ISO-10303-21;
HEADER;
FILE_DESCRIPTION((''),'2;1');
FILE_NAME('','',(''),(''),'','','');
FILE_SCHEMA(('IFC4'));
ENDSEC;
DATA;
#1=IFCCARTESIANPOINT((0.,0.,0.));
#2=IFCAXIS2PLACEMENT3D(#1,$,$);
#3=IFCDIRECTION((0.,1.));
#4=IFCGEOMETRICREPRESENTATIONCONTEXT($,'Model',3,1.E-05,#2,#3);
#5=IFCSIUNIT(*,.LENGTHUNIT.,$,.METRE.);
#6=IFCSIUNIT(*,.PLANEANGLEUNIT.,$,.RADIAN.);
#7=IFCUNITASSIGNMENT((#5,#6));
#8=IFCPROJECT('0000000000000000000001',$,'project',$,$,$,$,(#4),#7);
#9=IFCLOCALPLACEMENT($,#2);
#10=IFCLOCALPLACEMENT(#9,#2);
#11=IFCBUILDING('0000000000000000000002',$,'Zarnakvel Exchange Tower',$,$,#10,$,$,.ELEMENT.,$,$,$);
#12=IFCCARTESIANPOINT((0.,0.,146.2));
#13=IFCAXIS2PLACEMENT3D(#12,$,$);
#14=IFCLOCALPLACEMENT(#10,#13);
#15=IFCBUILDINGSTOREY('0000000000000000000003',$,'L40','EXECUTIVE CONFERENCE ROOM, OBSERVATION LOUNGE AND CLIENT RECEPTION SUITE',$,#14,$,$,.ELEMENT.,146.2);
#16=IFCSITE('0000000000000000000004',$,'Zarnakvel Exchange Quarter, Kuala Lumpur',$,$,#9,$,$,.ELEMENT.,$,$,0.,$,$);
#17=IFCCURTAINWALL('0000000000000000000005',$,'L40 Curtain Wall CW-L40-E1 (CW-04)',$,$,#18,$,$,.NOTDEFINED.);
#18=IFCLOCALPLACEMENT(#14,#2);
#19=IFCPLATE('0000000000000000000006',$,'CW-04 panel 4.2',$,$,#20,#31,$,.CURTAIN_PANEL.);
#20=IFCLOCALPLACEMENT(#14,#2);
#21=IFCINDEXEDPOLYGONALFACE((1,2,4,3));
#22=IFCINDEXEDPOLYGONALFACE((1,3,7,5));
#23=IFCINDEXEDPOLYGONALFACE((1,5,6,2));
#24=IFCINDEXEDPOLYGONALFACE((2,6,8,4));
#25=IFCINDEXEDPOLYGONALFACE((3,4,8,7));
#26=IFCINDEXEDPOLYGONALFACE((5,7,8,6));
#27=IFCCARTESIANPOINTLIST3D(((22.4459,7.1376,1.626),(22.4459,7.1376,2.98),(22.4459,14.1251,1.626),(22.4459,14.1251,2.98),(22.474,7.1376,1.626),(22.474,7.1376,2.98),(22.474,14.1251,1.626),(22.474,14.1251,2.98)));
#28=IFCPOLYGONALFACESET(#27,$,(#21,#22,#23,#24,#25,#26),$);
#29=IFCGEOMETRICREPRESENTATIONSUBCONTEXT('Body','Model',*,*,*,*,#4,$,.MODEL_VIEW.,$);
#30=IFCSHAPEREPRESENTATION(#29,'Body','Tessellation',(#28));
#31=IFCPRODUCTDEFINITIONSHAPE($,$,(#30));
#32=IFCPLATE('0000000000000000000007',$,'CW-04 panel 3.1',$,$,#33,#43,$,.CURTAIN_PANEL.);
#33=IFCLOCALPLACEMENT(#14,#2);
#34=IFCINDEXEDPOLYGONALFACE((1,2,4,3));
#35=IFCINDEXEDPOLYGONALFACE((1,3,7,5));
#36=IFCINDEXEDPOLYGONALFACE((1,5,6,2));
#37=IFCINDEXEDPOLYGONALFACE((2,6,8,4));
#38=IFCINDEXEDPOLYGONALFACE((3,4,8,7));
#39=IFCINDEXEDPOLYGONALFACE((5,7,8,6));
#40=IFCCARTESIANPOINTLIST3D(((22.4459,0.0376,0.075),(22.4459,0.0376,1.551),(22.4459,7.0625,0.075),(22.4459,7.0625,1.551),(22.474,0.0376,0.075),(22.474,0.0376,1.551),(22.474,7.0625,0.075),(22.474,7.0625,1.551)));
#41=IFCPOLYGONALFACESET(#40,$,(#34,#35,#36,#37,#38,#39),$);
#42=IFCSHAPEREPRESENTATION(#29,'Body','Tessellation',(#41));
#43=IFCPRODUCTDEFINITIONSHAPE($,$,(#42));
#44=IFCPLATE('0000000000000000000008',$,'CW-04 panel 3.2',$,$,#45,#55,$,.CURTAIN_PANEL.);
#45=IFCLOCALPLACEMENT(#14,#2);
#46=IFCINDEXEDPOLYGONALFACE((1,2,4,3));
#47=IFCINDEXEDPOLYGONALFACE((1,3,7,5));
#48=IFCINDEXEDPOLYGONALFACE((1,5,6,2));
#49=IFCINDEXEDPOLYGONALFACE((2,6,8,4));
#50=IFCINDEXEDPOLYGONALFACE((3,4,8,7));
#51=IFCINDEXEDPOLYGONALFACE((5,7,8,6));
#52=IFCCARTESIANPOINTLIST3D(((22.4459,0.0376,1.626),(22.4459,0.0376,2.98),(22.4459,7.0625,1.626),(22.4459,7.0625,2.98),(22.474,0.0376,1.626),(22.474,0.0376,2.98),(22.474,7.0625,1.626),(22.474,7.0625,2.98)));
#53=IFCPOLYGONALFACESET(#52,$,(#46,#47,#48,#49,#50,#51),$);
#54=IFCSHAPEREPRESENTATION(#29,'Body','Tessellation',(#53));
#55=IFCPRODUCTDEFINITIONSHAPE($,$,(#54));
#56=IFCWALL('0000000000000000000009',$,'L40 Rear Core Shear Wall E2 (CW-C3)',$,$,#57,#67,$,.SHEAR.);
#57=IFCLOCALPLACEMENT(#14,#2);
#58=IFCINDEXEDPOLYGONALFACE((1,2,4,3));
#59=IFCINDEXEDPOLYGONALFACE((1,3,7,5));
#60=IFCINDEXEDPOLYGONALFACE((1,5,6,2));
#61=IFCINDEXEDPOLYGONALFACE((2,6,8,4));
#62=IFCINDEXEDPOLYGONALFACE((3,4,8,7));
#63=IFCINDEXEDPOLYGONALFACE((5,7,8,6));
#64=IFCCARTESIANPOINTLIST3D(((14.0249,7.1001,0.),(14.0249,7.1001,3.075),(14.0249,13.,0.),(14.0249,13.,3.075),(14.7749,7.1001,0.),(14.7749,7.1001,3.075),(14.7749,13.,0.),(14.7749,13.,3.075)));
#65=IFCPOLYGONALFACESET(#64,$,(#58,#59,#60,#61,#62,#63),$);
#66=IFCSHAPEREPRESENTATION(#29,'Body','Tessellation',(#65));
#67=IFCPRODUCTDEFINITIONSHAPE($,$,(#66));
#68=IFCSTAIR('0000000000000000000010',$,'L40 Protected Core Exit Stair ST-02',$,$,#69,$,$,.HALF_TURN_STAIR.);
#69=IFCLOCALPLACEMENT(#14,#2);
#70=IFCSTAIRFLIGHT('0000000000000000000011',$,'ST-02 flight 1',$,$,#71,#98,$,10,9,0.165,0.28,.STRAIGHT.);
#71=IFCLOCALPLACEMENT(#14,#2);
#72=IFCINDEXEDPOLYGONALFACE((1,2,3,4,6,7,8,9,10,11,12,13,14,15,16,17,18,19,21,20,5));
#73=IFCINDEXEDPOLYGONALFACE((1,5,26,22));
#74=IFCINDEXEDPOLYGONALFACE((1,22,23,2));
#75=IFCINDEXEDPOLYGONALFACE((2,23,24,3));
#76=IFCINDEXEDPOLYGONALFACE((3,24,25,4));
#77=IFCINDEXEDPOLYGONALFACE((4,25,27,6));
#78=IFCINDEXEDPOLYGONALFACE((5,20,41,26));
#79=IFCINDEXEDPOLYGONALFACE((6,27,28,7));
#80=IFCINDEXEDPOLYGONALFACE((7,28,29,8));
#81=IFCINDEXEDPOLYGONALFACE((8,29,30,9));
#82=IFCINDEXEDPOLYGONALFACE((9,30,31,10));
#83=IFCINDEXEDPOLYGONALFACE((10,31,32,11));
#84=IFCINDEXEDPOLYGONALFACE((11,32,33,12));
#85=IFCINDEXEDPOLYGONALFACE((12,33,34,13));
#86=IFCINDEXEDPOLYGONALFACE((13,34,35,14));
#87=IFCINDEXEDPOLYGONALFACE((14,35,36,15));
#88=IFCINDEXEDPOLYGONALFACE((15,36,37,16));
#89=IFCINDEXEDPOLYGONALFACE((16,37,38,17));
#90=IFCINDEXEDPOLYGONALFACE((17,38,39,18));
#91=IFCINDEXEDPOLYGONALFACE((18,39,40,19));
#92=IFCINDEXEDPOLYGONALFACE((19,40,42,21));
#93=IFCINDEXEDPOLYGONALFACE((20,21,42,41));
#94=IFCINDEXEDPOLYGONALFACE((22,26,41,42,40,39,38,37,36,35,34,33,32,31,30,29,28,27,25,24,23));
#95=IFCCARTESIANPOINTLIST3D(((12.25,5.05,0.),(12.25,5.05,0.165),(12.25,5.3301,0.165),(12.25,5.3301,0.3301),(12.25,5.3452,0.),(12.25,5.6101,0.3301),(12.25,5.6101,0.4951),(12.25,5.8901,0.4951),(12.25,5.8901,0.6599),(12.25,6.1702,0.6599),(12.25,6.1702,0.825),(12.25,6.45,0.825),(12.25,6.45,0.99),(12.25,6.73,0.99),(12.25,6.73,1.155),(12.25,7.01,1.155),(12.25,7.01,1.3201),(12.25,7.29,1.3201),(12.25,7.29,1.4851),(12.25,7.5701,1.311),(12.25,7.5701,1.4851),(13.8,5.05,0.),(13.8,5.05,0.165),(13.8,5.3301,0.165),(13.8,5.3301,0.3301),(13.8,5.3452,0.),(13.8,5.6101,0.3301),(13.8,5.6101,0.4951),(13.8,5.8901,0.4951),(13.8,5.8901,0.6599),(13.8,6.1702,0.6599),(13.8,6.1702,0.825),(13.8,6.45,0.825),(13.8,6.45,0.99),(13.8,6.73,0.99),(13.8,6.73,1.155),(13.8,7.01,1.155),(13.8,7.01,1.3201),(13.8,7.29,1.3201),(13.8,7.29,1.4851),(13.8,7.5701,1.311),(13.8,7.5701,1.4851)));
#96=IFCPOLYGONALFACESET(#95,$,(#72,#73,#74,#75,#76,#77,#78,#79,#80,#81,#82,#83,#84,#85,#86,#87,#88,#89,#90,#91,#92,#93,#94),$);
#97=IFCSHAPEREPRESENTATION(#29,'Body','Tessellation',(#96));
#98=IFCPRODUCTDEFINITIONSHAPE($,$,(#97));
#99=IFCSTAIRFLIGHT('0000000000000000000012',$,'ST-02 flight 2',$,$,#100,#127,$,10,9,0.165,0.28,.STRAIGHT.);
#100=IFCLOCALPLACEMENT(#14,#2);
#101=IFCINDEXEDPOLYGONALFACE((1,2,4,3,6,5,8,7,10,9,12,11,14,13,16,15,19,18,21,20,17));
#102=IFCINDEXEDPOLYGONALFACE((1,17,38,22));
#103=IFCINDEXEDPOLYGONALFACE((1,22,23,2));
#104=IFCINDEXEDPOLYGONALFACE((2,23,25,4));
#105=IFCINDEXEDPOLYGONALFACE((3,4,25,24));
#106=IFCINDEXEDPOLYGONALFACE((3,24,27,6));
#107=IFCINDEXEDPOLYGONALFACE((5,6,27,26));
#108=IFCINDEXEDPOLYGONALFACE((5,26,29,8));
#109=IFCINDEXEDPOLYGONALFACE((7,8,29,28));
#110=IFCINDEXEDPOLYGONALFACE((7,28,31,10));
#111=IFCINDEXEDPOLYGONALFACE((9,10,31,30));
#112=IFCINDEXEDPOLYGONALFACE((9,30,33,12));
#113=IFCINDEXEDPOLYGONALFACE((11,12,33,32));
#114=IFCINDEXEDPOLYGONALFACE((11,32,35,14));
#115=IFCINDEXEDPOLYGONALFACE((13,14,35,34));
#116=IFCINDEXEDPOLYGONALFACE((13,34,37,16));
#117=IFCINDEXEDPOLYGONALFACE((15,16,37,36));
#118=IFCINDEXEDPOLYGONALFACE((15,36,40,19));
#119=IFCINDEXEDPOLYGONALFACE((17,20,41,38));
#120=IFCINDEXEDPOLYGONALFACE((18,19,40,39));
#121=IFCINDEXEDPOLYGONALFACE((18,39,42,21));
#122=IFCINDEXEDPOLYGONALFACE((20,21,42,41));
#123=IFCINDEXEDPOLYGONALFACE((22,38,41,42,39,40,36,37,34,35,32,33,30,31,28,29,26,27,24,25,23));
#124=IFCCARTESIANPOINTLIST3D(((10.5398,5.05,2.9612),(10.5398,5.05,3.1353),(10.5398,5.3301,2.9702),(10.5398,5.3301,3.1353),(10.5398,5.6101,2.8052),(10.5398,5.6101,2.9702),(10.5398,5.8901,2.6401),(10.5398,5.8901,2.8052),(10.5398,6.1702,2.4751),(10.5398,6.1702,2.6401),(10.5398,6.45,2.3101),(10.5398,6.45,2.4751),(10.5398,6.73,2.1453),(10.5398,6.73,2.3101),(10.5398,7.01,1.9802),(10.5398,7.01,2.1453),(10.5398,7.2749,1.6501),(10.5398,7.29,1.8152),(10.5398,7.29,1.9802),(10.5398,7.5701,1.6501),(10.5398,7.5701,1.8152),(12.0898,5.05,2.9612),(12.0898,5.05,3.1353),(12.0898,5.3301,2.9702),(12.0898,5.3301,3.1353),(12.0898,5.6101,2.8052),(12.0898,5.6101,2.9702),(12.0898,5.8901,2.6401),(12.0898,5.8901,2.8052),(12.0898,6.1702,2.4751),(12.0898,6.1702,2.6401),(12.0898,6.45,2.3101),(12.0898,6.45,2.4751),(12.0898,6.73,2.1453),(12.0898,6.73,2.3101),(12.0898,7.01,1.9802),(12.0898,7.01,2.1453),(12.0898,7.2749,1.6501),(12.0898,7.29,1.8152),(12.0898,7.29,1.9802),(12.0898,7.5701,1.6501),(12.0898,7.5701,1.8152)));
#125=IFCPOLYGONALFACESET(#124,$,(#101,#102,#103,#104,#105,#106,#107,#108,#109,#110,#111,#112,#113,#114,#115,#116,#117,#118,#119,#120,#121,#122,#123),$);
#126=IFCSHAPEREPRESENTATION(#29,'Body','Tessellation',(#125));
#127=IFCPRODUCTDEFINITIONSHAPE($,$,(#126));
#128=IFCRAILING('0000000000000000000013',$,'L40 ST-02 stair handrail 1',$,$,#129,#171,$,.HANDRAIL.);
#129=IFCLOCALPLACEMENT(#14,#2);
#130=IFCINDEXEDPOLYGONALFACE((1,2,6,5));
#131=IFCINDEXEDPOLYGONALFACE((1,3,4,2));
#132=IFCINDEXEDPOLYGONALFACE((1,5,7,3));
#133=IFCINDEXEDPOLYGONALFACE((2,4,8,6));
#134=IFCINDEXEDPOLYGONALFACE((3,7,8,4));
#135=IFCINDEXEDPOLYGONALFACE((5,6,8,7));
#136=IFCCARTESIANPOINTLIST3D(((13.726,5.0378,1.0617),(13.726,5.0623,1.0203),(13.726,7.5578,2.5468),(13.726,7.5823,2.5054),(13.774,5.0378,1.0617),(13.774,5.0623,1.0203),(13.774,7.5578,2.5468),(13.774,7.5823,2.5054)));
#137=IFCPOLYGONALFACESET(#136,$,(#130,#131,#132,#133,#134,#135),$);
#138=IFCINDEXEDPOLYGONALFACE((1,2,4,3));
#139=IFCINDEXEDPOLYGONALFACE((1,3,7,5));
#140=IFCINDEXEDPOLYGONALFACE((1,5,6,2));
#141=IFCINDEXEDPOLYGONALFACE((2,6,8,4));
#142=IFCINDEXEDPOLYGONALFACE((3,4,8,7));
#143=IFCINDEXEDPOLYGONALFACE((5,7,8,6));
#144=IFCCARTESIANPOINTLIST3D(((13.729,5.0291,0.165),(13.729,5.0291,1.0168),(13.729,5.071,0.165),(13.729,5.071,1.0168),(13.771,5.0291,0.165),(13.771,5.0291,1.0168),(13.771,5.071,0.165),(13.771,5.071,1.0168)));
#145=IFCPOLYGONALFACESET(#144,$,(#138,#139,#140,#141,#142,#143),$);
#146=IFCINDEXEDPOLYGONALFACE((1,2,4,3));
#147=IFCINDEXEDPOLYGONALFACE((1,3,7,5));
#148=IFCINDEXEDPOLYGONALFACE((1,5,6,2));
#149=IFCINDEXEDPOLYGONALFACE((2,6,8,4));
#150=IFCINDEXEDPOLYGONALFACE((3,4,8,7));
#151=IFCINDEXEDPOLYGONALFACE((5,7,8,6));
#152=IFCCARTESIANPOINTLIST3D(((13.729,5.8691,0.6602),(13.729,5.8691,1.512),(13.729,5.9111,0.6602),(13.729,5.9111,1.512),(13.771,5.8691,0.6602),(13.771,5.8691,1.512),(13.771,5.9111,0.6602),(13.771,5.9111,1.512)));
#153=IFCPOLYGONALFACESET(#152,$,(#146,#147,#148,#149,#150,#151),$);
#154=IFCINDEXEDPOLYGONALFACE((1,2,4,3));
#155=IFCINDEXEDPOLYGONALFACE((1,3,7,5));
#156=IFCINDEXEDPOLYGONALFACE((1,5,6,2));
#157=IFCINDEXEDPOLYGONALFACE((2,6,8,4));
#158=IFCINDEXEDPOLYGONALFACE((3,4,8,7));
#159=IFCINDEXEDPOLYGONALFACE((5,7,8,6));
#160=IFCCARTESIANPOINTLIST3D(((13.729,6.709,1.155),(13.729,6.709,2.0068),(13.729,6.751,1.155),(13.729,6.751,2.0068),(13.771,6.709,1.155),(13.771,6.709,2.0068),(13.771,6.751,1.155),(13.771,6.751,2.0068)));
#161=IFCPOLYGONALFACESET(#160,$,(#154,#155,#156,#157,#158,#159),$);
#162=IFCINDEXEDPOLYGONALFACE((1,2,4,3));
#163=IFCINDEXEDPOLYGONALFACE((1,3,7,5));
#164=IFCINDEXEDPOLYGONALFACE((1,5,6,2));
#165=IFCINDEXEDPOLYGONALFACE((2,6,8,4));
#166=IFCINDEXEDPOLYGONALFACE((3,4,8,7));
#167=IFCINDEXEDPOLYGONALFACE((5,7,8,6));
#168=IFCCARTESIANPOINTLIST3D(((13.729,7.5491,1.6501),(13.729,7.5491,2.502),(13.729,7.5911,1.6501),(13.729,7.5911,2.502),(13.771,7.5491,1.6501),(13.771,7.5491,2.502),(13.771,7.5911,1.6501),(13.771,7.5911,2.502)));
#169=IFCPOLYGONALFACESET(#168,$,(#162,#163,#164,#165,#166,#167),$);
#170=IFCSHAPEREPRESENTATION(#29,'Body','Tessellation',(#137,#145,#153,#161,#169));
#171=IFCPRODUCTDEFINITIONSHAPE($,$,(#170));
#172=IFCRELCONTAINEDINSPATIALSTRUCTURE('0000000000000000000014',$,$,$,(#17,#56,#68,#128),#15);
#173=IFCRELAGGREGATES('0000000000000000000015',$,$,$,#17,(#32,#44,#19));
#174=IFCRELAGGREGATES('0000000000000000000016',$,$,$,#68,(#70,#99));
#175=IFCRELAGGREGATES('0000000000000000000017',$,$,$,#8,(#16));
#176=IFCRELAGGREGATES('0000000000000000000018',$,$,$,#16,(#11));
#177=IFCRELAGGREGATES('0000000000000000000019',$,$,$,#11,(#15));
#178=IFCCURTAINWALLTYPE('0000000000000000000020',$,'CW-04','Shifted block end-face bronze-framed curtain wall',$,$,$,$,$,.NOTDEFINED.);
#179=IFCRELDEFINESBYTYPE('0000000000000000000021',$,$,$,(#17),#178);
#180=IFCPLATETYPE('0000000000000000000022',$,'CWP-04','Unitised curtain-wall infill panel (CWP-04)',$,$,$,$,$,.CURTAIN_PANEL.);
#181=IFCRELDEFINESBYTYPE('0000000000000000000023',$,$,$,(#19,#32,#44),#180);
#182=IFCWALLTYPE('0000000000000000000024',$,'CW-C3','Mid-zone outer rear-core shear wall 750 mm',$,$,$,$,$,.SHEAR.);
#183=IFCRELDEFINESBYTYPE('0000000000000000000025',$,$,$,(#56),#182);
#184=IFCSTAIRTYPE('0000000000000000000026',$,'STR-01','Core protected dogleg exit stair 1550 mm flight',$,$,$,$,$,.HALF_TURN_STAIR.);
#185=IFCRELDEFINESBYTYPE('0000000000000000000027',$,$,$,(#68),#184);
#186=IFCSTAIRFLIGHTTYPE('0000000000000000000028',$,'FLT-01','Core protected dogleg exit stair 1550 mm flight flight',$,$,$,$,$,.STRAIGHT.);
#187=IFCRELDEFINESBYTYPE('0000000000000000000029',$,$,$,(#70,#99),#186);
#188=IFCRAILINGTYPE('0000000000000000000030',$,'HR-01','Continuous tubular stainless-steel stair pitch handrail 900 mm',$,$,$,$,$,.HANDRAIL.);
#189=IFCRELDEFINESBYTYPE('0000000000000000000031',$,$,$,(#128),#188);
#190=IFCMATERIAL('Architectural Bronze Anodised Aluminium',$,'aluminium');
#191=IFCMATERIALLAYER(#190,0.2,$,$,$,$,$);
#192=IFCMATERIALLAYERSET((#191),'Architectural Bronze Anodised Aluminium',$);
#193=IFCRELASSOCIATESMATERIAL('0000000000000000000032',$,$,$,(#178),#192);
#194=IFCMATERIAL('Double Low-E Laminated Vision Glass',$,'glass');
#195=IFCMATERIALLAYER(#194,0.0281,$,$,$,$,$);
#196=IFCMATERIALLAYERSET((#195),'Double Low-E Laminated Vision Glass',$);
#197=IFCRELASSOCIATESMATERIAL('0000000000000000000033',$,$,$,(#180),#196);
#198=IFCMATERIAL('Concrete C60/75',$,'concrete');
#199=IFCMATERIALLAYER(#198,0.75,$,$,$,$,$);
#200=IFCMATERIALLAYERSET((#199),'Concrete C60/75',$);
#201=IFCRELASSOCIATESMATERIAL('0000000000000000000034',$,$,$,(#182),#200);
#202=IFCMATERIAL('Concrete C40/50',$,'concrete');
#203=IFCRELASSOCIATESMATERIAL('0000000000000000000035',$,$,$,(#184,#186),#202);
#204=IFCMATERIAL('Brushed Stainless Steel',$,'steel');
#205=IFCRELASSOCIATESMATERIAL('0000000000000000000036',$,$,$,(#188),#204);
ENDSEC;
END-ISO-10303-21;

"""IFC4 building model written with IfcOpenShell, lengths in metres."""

from ifc_helpers import new_model, si_unit, direction, frame, frame_2d, origin, origin_2d, place, context, subcontext, project, spatial, polyline, rectangle, outline, extrude, source, transform, mapped, material, layer, layer_set, type_object, element, aggregate, save


model = new_model("IFC4")

# Units and contexts
model_context = context("Model", 3, precision=1e-05, world=origin(), true_north=direction((0.0, 1.0)))
body_context = subcontext(model_context, "Body", "Model", "MODEL_VIEW")
ifc_project = project(units=[si_unit("LENGTHUNIT", "METRE"), si_unit("PLANEANGLEUNIT", "RADIAN")], contexts=[model_context])

# Site, building, storey
site_placement = place(None, origin())
site = spatial("IfcSite", under=ifc_project, at=site_placement, Name="Zarnakvel Exchange Quarter, Kuala Lumpur", CompositionType="ELEMENT", RefElevation=0.0)
building_placement = place(site_placement, origin())
building = spatial("IfcBuilding", under=site, at=building_placement, Name="Zarnakvel Exchange Tower", CompositionType="ELEMENT")
storey_placement = place(building_placement, frame((0.0, 0.0, 146.2)))
storey = spatial("IfcBuildingStorey", under=building, at=storey_placement, Name="L40", Description="EXECUTIVE CONFERENCE ROOM, OBSERVATION LOUNGE AND CLIENT RECEPTION SUITE", CompositionType="ELEMENT", Elevation=146.2)

# Shared definitions
ifc_material_1 = material(Name="Concrete C60/75", Category="concrete")

# Curtain wall, plates
ifc_material_2 = material(Name="Architectural Bronze Anodised Aluminium", Category="aluminium")
ifc_layer_1 = layer(ifc_material_2, 0.2)
ifc_layer_set_1 = layer_set([ifc_layer_1], Name="Architectural Bronze Anodised Aluminium")
curtain_wall_type = type_object("IfcCurtainWallType", Name="CW-04", Description="Shifted block end-face bronze-framed curtain wall", PredefinedType="NOTDEFINED", material=ifc_layer_set_1)
curtain_wall_placement = place(storey_placement, origin())
curtain_wall = element("IfcCurtainWall", 1, at=curtain_wall_placement, inside=storey, type_object=curtain_wall_type, Name="L40 Curtain Wall CW-L40-E1 (CW-04)", PredefinedType="NOTDEFINED")
ifc_material_3 = material(Name="Double Low-E Laminated Vision Glass", Category="glass")
ifc_layer_2 = layer(ifc_material_3, 0.0281)
ifc_layer_set_2 = layer_set([ifc_layer_2], Name="Double Low-E Laminated Vision Glass")
plate_type = type_object("IfcPlateType", Name="CWP-04", Description="Unitised curtain-wall infill panel (CWP-04)", PredefinedType="CURTAIN_PANEL", material=ifc_layer_set_2)
shared_shape_1 = source(origin(), body_context, "Body", "SweptSolid", [
    extrude(rectangle(XDim=6.9875, YDim=0.0281, at=origin_2d()), origin(), (0.0, 0.0, 1.0), 1.354),
])
plate_1_placement = place(storey_placement, frame((22.46, 10.6313, 1.626), z_axis=(0.0, 0.0, 1.0), x_axis=(0.0, 1.0, 0.0)))
plate_1 = element("IfcPlate", 2, at=plate_1_placement, type_object=plate_type, Name="CW-04 panel 4.2", PredefinedType="CURTAIN_PANEL", context=body_context, shape_type="MappedRepresentation", body=[
    mapped(shared_shape_1, transform((0.0, 0.0, 0.0), x_axis=(1.0, 0.0, 0.0), y_axis=(0.0, 1.0, 0.0), z_axis=(0.0, 0.0, 1.0), scale=1.0)),
])
shared_shape_2 = source(origin(), body_context, "Body", "SweptSolid", [
    extrude(rectangle(XDim=7.0249, YDim=0.0281, at=origin_2d()), origin(), (0.0, 0.0, 1.0), 1.4761),
])
plate_2_placement = place(storey_placement, frame((22.46, 3.55, 0.075), z_axis=(0.0, 0.0, 1.0), x_axis=(0.0, 1.0, 0.0)))
plate_2 = element("IfcPlate", 3, at=plate_2_placement, type_object=plate_type, Name="CW-04 panel 3.1", PredefinedType="CURTAIN_PANEL", context=body_context, shape_type="MappedRepresentation", body=[
    mapped(shared_shape_2, transform((0.0, 0.0, 0.0), x_axis=(1.0, 0.0, 0.0), y_axis=(0.0, 1.0, 0.0), z_axis=(0.0, 0.0, 1.0), scale=1.0)),
])
shared_shape_3 = source(origin(), body_context, "Body", "SweptSolid", [
    extrude(rectangle(XDim=7.0249, YDim=0.0281, at=origin_2d()), origin(), (0.0, 0.0, 1.0), 1.354),
])
plate_3_placement = place(storey_placement, frame((22.46, 3.55, 1.626), z_axis=(0.0, 0.0, 1.0), x_axis=(0.0, 1.0, 0.0)))
plate_3 = element("IfcPlate", 4, at=plate_3_placement, type_object=plate_type, Name="CW-04 panel 3.2", PredefinedType="CURTAIN_PANEL", context=body_context, shape_type="MappedRepresentation", body=[
    mapped(shared_shape_3, transform((0.0, 0.0, 0.0), x_axis=(1.0, 0.0, 0.0), y_axis=(0.0, 1.0, 0.0), z_axis=(0.0, 0.0, 1.0), scale=1.0)),
])
aggregate(curtain_wall, [plate_2, plate_3, plate_1])

# Wall
ifc_layer_3 = layer(ifc_material_1, 0.75)
ifc_layer_set_3 = layer_set([ifc_layer_3], Name="Concrete C60/75")
wall_type_1 = type_object("IfcWallType", Name="CW-C3", Description="Mid-zone outer rear-core shear wall 750 mm", PredefinedType="SHEAR", material=ifc_layer_set_3)
wall_1_placement = place(storey_placement, frame((14.3999, 7.1001, 0.0), z_axis=(0.0, 0.0, 1.0), x_axis=(0.0, 1.0, 0.0)))
element("IfcWall", 5, at=wall_1_placement, inside=storey, type_object=wall_type_1, Name="L40 Rear Core Shear Wall E2 (CW-C3)", PredefinedType="SHEAR", context=body_context, shape_type="SweptSolid", body=[
    extrude(rectangle(XDim=5.8999, YDim=0.75, at=frame_2d((2.95, 0.0))), origin(), (0.0, 0.0, 1.0), 3.075),
])

# Shared definitions
ifc_material_4 = material(Name="Concrete C40/50", Category="concrete")

# Stair, stair flights
stair_type = type_object("IfcStairType", Name="STR-01", Description="Core protected dogleg exit stair 1550 mm flight", PredefinedType="HALF_TURN_STAIR", material=ifc_material_4)
stair_placement = place(storey_placement, origin())
stair = element("IfcStair", 6, at=stair_placement, inside=storey, type_object=stair_type, Name="L40 Protected Core Exit Stair ST-02", PredefinedType="HALF_TURN_STAIR")
stair_flight_type = type_object("IfcStairFlightType", Name="FLT-01", Description="Core protected dogleg exit stair 1550 mm flight flight", PredefinedType="STRAIGHT", material=ifc_material_4)
stair_flight_1_placement = place(storey_placement, frame((13.0249, 5.05, 0.0), z_axis=(0.0, 0.0, 1.0), x_axis=(0.0, 1.0, 0.0)))
stair_flight_1 = element("IfcStairFlight", 7, at=stair_flight_1_placement, type_object=stair_flight_type, Name="ST-02 flight 1", NumberOfRisers=10, NumberOfTreads=9, PredefinedType="STRAIGHT", RiserHeight=0.165, TreadLength=0.28, context=body_context, shape_type="SweptSolid", body=[
    extrude(outline(polyline([(0.0, 0.0), (0.0, 0.165), (0.28, 0.165), (0.28, 0.3301), (0.5601, 0.3301), (0.5601, 0.4951), (0.8401, 0.4951), (0.8401, 0.6599), (1.1201, 0.6599), (1.1201, 0.825), (1.3999, 0.825), (1.3999, 0.99), (1.6799, 0.99), (1.6799, 1.155), (1.96, 1.155), (1.96, 1.3201), (2.24, 1.3201), (2.24, 1.4851), (2.52, 1.4851), (2.52, 1.6499), (2.52, 1.311), (0.2952, 0.0), (0.0, 0.0)])), frame((0.0, 0.7749, 0.0), z_axis=(0.0, -1.0, 0.0), x_axis=(1.0, 0.0, 0.0)), (0.0, 0.0, 1.0), 1.55),
])
stair_flight_2_placement = place(storey_placement, frame((11.3149, 7.5701, 1.6501), z_axis=(0.0, 0.0, 1.0), x_axis=(0.0, -1.0, 0.0)))
stair_flight_2 = element("IfcStairFlight", 8, at=stair_flight_2_placement, type_object=stair_flight_type, Name="ST-02 flight 2", NumberOfRisers=10, NumberOfTreads=9, PredefinedType="STRAIGHT", RiserHeight=0.165, TreadLength=0.28, context=body_context, shape_type="SweptSolid", body=[
    extrude(outline(polyline([(0.0, 0.0), (0.0, 0.165), (0.28, 0.165), (0.28, 0.3301), (0.5601, 0.3301), (0.5601, 0.4951), (0.8401, 0.4951), (0.8401, 0.6599), (1.1201, 0.6599), (1.1201, 0.825), (1.3999, 0.825), (1.3999, 0.99), (1.6799, 0.99), (1.6799, 1.155), (1.96, 1.155), (1.96, 1.3201), (2.24, 1.3201), (2.24, 1.4851), (2.52, 1.4851), (2.52, 1.6499), (2.52, 1.311), (0.2952, 0.0), (0.0, 0.0)])), frame((0.0, 0.7749, 0.0), z_axis=(0.0, -1.0, 0.0), x_axis=(1.0, 0.0, 0.0)), (0.0, 0.0, 1.0), 1.55),
])
aggregate(stair, [stair_flight_1, stair_flight_2])

# Railing
ifc_material_5 = material(Name="Brushed Stainless Steel", Category="steel")
railing_type_1 = type_object("IfcRailingType", Name="HR-01", Description="Continuous tubular stainless-steel stair pitch handrail 900 mm", PredefinedType="HANDRAIL", material=ifc_material_5)
railing_1_placement = place(storey_placement, frame((13.75, 5.05, 0.165)))
element("IfcRailing", 9, at=railing_1_placement, inside=storey, type_object=railing_type_1, Name="L40 ST-02 stair handrail 1", PredefinedType="HANDRAIL", context=body_context, shape_type="SweptSolid", body=[
    extrude(rectangle(XDim=0.0481, YDim=0.0481, at=origin_2d()), frame((0.0, 0.0, 0.876), z_axis=(0.0, 0.861524, 0.507717), x_axis=(-1.0, 0.0, 0.0)), (0.0, 0.0, 1.0), 2.925),
    extrude(rectangle(XDim=0.042, YDim=0.042, at=origin_2d()), origin(), (0.0, 0.0, 1.0), 0.8518),
    extrude(rectangle(XDim=0.042, YDim=0.042, at=origin_2d()), frame((0.0, 0.8401, 0.4951)), (0.0, 0.0, 1.0), 0.8518),
    extrude(rectangle(XDim=0.042, YDim=0.042, at=origin_2d()), frame((0.0, 1.6799, 0.99)), (0.0, 0.0, 1.0), 0.8518),
    extrude(rectangle(XDim=0.042, YDim=0.042, at=origin_2d()), frame((0.0, 2.52, 1.4851)), (0.0, 0.0, 1.0), 0.8518),
])

save(model, "model.ifc")
